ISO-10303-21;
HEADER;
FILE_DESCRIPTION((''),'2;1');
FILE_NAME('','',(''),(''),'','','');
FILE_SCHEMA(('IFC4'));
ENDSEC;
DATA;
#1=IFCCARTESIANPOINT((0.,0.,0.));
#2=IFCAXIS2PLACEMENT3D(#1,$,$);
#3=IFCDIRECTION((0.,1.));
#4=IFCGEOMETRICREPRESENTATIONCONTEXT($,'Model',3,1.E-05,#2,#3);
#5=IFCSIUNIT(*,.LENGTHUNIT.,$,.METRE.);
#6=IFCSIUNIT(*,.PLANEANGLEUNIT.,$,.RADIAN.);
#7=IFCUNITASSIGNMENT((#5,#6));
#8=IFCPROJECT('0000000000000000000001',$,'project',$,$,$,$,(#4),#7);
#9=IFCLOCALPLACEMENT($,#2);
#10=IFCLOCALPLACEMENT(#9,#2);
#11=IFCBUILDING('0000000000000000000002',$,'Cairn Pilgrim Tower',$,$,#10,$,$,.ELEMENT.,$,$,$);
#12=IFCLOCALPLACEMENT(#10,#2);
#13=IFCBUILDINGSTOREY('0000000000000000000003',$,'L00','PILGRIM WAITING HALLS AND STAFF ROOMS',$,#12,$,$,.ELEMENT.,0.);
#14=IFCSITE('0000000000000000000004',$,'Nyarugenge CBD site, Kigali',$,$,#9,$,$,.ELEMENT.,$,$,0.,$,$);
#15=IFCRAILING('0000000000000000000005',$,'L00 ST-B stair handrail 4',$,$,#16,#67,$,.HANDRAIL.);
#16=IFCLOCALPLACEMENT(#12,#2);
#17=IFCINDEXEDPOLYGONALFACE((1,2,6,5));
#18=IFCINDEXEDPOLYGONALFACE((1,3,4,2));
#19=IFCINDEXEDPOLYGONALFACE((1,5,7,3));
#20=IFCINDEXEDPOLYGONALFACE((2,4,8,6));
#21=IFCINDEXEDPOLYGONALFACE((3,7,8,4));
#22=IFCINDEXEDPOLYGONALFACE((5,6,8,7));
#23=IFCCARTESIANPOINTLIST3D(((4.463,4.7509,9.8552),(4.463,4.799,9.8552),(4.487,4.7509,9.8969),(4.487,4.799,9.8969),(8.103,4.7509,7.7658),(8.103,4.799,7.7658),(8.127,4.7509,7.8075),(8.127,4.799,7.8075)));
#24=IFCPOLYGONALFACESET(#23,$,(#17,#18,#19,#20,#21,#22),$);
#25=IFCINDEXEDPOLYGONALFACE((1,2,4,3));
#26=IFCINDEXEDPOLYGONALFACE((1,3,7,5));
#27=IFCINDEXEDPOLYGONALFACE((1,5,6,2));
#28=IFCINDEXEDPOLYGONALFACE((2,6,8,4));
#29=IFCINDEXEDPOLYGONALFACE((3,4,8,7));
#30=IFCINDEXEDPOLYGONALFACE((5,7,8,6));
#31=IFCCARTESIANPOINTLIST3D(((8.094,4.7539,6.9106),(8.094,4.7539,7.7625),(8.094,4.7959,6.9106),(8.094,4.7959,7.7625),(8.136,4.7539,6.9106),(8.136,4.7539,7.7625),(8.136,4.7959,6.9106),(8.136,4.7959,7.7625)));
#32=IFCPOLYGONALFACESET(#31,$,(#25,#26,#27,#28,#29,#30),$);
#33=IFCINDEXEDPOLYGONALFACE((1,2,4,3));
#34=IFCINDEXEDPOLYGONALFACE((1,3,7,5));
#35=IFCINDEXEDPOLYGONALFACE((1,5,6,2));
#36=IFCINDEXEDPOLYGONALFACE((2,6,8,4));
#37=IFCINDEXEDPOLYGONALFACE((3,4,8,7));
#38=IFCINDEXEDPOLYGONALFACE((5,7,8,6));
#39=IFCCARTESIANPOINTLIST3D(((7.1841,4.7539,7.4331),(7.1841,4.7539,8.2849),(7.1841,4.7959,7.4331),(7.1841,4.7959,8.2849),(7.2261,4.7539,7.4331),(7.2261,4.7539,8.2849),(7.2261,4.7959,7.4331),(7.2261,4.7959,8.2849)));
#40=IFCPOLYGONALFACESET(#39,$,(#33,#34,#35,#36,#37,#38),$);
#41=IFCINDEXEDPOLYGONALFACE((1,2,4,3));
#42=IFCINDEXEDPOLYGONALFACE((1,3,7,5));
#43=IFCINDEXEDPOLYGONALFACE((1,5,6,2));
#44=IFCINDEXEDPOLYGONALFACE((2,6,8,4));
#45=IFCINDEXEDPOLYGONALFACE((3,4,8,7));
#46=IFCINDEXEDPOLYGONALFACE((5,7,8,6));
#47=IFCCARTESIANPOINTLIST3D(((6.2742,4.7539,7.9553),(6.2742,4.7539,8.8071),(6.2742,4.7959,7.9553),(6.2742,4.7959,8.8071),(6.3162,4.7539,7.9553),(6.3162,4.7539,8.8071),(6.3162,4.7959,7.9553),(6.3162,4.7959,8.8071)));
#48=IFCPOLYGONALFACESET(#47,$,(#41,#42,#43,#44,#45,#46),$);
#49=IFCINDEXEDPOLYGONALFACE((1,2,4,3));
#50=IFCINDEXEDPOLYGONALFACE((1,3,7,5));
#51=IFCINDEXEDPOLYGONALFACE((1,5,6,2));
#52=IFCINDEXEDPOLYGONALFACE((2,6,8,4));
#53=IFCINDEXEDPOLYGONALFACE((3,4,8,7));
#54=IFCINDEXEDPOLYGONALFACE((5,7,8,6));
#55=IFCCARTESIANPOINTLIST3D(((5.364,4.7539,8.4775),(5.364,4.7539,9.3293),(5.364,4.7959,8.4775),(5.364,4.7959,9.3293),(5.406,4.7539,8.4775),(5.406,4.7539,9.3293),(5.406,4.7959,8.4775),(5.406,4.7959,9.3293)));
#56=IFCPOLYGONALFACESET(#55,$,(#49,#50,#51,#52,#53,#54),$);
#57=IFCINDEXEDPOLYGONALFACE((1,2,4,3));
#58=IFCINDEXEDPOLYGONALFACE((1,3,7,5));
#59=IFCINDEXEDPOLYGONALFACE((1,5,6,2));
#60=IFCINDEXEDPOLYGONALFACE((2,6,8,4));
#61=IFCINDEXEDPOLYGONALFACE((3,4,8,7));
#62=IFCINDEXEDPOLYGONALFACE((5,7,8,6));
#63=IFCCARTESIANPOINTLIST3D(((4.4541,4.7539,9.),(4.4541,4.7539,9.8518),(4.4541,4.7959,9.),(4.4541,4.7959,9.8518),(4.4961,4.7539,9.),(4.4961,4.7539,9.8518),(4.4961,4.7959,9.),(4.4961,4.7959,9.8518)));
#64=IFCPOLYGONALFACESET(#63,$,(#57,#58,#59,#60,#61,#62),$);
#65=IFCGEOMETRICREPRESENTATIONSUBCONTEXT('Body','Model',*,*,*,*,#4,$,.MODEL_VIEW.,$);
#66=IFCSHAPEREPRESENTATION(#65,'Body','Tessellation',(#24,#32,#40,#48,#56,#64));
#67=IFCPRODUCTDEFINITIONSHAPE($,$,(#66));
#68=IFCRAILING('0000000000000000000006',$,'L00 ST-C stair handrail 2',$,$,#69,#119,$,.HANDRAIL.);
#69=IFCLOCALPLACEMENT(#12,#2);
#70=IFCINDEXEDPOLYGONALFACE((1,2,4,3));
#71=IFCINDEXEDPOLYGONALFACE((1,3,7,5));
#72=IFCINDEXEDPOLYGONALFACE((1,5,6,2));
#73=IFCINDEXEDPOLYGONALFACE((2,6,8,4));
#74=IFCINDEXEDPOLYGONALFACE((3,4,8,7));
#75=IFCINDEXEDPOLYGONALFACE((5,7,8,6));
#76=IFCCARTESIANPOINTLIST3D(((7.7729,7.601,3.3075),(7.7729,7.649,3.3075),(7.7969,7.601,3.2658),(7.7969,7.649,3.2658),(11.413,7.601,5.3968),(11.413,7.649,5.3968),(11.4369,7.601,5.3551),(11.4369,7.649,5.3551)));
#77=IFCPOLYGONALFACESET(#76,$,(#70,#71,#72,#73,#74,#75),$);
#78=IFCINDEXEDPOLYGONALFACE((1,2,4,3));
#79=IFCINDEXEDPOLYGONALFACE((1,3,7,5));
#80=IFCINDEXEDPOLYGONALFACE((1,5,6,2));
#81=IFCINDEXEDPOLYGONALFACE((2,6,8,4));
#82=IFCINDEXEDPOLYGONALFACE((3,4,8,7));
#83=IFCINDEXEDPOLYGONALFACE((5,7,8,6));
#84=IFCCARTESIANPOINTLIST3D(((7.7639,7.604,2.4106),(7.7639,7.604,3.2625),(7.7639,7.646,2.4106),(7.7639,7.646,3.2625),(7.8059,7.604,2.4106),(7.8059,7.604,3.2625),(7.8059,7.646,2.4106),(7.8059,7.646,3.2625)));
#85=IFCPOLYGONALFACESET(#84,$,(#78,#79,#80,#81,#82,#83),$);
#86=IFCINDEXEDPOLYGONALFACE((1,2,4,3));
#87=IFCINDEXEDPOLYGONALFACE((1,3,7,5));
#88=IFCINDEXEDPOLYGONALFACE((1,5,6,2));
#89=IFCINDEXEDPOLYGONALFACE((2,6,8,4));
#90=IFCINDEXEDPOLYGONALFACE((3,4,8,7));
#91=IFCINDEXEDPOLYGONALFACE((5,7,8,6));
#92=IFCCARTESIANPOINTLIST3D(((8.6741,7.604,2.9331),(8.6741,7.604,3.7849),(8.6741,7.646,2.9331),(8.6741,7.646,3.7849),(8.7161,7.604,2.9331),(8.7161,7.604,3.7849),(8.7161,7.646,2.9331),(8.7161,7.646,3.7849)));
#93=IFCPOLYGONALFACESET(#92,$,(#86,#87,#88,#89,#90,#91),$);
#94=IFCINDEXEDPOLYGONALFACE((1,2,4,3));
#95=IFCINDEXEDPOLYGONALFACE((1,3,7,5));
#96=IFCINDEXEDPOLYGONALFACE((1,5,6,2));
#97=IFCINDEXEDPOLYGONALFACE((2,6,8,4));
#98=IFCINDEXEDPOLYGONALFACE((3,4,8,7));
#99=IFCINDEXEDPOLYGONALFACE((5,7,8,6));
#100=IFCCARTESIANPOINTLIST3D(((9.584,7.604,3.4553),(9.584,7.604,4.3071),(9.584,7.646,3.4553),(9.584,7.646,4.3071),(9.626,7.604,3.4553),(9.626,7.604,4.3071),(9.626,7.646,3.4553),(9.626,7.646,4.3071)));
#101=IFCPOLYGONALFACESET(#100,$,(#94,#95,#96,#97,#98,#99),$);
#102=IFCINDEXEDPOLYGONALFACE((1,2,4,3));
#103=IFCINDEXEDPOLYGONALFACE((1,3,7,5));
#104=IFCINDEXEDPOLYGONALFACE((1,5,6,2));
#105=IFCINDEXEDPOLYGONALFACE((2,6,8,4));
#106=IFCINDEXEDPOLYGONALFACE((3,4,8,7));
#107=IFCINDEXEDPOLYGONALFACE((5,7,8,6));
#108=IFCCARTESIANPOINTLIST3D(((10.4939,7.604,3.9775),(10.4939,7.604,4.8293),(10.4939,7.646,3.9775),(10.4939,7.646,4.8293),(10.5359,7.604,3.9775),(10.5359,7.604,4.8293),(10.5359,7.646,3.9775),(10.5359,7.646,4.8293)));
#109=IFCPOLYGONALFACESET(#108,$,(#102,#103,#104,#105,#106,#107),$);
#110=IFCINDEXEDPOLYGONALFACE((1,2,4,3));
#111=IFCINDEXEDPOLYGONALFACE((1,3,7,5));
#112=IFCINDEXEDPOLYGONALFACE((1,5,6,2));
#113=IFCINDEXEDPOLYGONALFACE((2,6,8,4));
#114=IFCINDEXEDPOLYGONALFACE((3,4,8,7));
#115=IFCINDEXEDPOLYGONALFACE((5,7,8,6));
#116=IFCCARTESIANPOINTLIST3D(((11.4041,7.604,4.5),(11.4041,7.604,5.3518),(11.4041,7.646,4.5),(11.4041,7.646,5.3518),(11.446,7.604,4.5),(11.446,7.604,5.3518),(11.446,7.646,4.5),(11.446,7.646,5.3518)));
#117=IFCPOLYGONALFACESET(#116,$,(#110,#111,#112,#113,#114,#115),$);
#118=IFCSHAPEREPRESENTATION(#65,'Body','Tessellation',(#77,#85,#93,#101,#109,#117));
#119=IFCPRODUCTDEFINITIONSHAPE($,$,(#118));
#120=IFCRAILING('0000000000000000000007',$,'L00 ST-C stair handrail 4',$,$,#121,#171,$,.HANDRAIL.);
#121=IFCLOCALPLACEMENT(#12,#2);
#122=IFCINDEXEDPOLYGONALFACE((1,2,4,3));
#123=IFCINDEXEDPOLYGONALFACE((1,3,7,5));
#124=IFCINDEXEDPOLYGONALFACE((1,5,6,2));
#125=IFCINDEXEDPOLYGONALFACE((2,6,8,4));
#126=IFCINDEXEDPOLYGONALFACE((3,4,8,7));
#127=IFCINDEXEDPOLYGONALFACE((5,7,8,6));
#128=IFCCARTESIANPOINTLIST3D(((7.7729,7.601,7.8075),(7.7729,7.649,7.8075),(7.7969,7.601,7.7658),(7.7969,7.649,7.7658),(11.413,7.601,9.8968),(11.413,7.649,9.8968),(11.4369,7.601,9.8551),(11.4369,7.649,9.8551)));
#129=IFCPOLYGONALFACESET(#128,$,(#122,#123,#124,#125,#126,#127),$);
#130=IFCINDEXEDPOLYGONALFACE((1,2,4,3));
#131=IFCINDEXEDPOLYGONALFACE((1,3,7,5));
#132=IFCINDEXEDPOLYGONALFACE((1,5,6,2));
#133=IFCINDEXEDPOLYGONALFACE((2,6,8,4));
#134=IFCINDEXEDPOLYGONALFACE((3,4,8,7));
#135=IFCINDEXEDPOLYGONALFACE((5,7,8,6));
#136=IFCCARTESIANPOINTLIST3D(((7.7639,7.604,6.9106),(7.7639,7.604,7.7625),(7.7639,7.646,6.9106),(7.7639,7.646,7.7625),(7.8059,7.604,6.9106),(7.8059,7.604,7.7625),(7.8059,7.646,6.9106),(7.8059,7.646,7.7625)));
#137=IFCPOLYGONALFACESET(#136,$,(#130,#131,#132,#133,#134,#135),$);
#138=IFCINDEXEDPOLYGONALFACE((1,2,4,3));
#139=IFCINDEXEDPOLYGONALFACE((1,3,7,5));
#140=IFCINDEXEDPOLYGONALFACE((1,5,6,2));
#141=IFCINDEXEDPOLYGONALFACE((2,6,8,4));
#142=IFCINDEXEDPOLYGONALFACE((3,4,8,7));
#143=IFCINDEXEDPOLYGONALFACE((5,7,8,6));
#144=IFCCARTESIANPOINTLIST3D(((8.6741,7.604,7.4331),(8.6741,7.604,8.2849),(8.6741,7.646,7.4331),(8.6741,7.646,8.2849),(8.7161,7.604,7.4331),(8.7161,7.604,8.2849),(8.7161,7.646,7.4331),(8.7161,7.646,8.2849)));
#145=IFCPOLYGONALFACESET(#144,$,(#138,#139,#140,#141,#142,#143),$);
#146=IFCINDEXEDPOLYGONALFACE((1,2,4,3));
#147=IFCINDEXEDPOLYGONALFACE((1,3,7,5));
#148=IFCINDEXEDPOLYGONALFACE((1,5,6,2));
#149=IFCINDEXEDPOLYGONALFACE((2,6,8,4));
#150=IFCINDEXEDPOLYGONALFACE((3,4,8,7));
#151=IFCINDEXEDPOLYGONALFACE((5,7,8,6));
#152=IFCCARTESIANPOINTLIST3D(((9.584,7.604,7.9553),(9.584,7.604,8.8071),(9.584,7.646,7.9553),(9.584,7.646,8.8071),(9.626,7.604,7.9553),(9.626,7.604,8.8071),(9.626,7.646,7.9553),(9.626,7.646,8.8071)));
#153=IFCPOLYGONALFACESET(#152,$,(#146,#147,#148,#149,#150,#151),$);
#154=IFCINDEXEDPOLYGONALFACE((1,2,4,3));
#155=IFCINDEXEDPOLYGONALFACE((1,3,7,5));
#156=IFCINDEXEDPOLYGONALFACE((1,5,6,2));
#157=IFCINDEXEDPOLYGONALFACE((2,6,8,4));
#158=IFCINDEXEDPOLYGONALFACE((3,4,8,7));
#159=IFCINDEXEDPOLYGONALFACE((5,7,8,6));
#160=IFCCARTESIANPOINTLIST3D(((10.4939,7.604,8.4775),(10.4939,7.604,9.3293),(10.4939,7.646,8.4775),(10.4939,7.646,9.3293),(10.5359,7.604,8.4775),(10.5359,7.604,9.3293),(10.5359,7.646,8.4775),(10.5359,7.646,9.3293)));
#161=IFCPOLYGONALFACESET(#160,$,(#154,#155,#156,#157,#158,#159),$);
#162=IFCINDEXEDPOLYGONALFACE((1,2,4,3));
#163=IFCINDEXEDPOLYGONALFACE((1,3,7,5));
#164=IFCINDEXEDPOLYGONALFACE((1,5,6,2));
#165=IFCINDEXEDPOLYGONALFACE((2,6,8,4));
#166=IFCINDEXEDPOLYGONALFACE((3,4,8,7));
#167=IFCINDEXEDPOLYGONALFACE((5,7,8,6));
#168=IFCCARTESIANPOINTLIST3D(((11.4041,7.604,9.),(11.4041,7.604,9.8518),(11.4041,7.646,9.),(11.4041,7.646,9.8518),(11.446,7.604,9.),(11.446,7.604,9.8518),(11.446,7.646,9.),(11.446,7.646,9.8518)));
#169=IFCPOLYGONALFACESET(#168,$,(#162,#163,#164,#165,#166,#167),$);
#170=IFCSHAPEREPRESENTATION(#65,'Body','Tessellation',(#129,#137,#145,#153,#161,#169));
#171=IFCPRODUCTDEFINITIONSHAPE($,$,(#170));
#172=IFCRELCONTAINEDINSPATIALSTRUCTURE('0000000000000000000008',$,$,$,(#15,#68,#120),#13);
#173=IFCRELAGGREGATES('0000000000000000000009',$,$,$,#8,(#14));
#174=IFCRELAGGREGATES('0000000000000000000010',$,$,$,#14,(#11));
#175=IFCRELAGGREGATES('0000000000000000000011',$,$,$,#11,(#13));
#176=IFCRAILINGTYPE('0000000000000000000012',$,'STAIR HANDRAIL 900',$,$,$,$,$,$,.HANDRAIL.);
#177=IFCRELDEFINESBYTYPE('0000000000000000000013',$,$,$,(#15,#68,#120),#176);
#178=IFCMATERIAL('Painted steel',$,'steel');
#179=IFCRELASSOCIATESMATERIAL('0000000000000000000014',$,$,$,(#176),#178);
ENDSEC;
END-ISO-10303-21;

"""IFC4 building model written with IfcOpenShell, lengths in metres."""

from ifc_helpers import new_model, si_unit, direction, frame, origin, origin_2d, place, context, subcontext, project, spatial, rectangle, extrude, material, type_object, element, save


model = new_model("IFC4")

# Units and contexts
model_context = context("Model", 3, precision=1e-05, world=origin(), true_north=direction((0.0, 1.0)))
body_context = subcontext(model_context, "Body", "Model", "MODEL_VIEW")
ifc_project = project(units=[si_unit("LENGTHUNIT", "METRE"), si_unit("PLANEANGLEUNIT", "RADIAN")], contexts=[model_context])

# Site, building, storey
site_placement = place(None, origin())
site = spatial("IfcSite", under=ifc_project, at=site_placement, Name="Nyarugenge CBD site, Kigali", CompositionType="ELEMENT", RefElevation=0.0)
building_placement = place(site_placement, origin())
building = spatial("IfcBuilding", under=site, at=building_placement, Name="Cairn Pilgrim Tower", CompositionType="ELEMENT")
storey_placement = place(building_placement, origin())
storey = spatial("IfcBuildingStorey", under=building, at=storey_placement, Name="L00", Description="PILGRIM WAITING HALLS AND STAFF ROOMS", CompositionType="ELEMENT", Elevation=0.0)

# Shared definitions
ifc_material_1 = material(Name="Painted steel", Category="steel")

# Railings
railing_type_1 = type_object("IfcRailingType", Name="STAIR HANDRAIL 900", PredefinedType="HANDRAIL", material=ifc_material_1)
railing_1_placement = place(storey_placement, frame((8.115, 4.7749, 6.9106)))
element("IfcRailing", 1, at=railing_1_placement, inside=storey, type_object=railing_type_1, Name="L00 ST-B stair handrail 4", PredefinedType="HANDRAIL", context=body_context, shape_type="SweptSolid", body=[
    extrude(rectangle(XDim=0.0481, YDim=0.0481, at=origin_2d()), frame((0.0, 0.0, 0.876), z_axis=(-0.867275, 0.0, 0.497829), x_axis=(0.0, -1.0, 0.0)), (0.0, 0.0, 1.0), 4.197),
    extrude(rectangle(XDim=0.042, YDim=0.042, at=origin_2d()), origin(), (0.0, 0.0, 1.0), 0.8518),
    extrude(rectangle(XDim=0.042, YDim=0.042, at=origin_2d()), frame((-0.9099, 0.0, 0.5225)), (0.0, 0.0, 1.0), 0.8518),
    extrude(rectangle(XDim=0.042, YDim=0.042, at=origin_2d()), frame((-1.8198, 0.0, 1.0447)), (0.0, 0.0, 1.0), 0.8518),
    extrude(rectangle(XDim=0.042, YDim=0.042, at=origin_2d()), frame((-2.73, 0.0, 1.5669)), (0.0, 0.0, 1.0), 0.8518),
    extrude(rectangle(XDim=0.042, YDim=0.042, at=origin_2d()), frame((-3.6399, 0.0, 2.0894)), (0.0, 0.0, 1.0), 0.8518),
])
for number, where, name in (
    (2, (7.7849, 7.625, 2.4106), "L00 ST-C stair handrail 2"),
    (3, (7.7849, 7.625, 6.9106), "L00 ST-C stair handrail 4"),
):
    element("IfcRailing", number, at=place(storey_placement, frame(where)), inside=storey, type_object=railing_type_1, Name=name, PredefinedType="HANDRAIL", context=body_context, shape_type="SweptSolid", body=[
        extrude(rectangle(XDim=0.0481, YDim=0.0481, at=origin_2d()), frame((0.0, 0.0, 0.876), z_axis=(0.867289, 0.0, 0.497804), x_axis=(0.0, 1.0, 0.0)), (0.0, 0.0, 1.0), 4.197),
        extrude(rectangle(XDim=0.042, YDim=0.042, at=origin_2d()), origin(), (0.0, 0.0, 1.0), 0.8518),
        extrude(rectangle(XDim=0.042, YDim=0.042, at=origin_2d()), frame((0.9102, 0.0, 0.5225)), (0.0, 0.0, 1.0), 0.8518),
        extrude(rectangle(XDim=0.042, YDim=0.042, at=origin_2d()), frame((1.8201, 0.0, 1.0447)), (0.0, 0.0, 1.0), 0.8518),
        extrude(rectangle(XDim=0.042, YDim=0.042, at=origin_2d()), frame((2.73, 0.0, 1.5669)), (0.0, 0.0, 1.0), 0.8518),
        extrude(rectangle(XDim=0.042, YDim=0.042, at=origin_2d()), frame((3.6401, 0.0, 2.0894)), (0.0, 0.0, 1.0), 0.8518),
    ])

save(model, "model.ifc")
